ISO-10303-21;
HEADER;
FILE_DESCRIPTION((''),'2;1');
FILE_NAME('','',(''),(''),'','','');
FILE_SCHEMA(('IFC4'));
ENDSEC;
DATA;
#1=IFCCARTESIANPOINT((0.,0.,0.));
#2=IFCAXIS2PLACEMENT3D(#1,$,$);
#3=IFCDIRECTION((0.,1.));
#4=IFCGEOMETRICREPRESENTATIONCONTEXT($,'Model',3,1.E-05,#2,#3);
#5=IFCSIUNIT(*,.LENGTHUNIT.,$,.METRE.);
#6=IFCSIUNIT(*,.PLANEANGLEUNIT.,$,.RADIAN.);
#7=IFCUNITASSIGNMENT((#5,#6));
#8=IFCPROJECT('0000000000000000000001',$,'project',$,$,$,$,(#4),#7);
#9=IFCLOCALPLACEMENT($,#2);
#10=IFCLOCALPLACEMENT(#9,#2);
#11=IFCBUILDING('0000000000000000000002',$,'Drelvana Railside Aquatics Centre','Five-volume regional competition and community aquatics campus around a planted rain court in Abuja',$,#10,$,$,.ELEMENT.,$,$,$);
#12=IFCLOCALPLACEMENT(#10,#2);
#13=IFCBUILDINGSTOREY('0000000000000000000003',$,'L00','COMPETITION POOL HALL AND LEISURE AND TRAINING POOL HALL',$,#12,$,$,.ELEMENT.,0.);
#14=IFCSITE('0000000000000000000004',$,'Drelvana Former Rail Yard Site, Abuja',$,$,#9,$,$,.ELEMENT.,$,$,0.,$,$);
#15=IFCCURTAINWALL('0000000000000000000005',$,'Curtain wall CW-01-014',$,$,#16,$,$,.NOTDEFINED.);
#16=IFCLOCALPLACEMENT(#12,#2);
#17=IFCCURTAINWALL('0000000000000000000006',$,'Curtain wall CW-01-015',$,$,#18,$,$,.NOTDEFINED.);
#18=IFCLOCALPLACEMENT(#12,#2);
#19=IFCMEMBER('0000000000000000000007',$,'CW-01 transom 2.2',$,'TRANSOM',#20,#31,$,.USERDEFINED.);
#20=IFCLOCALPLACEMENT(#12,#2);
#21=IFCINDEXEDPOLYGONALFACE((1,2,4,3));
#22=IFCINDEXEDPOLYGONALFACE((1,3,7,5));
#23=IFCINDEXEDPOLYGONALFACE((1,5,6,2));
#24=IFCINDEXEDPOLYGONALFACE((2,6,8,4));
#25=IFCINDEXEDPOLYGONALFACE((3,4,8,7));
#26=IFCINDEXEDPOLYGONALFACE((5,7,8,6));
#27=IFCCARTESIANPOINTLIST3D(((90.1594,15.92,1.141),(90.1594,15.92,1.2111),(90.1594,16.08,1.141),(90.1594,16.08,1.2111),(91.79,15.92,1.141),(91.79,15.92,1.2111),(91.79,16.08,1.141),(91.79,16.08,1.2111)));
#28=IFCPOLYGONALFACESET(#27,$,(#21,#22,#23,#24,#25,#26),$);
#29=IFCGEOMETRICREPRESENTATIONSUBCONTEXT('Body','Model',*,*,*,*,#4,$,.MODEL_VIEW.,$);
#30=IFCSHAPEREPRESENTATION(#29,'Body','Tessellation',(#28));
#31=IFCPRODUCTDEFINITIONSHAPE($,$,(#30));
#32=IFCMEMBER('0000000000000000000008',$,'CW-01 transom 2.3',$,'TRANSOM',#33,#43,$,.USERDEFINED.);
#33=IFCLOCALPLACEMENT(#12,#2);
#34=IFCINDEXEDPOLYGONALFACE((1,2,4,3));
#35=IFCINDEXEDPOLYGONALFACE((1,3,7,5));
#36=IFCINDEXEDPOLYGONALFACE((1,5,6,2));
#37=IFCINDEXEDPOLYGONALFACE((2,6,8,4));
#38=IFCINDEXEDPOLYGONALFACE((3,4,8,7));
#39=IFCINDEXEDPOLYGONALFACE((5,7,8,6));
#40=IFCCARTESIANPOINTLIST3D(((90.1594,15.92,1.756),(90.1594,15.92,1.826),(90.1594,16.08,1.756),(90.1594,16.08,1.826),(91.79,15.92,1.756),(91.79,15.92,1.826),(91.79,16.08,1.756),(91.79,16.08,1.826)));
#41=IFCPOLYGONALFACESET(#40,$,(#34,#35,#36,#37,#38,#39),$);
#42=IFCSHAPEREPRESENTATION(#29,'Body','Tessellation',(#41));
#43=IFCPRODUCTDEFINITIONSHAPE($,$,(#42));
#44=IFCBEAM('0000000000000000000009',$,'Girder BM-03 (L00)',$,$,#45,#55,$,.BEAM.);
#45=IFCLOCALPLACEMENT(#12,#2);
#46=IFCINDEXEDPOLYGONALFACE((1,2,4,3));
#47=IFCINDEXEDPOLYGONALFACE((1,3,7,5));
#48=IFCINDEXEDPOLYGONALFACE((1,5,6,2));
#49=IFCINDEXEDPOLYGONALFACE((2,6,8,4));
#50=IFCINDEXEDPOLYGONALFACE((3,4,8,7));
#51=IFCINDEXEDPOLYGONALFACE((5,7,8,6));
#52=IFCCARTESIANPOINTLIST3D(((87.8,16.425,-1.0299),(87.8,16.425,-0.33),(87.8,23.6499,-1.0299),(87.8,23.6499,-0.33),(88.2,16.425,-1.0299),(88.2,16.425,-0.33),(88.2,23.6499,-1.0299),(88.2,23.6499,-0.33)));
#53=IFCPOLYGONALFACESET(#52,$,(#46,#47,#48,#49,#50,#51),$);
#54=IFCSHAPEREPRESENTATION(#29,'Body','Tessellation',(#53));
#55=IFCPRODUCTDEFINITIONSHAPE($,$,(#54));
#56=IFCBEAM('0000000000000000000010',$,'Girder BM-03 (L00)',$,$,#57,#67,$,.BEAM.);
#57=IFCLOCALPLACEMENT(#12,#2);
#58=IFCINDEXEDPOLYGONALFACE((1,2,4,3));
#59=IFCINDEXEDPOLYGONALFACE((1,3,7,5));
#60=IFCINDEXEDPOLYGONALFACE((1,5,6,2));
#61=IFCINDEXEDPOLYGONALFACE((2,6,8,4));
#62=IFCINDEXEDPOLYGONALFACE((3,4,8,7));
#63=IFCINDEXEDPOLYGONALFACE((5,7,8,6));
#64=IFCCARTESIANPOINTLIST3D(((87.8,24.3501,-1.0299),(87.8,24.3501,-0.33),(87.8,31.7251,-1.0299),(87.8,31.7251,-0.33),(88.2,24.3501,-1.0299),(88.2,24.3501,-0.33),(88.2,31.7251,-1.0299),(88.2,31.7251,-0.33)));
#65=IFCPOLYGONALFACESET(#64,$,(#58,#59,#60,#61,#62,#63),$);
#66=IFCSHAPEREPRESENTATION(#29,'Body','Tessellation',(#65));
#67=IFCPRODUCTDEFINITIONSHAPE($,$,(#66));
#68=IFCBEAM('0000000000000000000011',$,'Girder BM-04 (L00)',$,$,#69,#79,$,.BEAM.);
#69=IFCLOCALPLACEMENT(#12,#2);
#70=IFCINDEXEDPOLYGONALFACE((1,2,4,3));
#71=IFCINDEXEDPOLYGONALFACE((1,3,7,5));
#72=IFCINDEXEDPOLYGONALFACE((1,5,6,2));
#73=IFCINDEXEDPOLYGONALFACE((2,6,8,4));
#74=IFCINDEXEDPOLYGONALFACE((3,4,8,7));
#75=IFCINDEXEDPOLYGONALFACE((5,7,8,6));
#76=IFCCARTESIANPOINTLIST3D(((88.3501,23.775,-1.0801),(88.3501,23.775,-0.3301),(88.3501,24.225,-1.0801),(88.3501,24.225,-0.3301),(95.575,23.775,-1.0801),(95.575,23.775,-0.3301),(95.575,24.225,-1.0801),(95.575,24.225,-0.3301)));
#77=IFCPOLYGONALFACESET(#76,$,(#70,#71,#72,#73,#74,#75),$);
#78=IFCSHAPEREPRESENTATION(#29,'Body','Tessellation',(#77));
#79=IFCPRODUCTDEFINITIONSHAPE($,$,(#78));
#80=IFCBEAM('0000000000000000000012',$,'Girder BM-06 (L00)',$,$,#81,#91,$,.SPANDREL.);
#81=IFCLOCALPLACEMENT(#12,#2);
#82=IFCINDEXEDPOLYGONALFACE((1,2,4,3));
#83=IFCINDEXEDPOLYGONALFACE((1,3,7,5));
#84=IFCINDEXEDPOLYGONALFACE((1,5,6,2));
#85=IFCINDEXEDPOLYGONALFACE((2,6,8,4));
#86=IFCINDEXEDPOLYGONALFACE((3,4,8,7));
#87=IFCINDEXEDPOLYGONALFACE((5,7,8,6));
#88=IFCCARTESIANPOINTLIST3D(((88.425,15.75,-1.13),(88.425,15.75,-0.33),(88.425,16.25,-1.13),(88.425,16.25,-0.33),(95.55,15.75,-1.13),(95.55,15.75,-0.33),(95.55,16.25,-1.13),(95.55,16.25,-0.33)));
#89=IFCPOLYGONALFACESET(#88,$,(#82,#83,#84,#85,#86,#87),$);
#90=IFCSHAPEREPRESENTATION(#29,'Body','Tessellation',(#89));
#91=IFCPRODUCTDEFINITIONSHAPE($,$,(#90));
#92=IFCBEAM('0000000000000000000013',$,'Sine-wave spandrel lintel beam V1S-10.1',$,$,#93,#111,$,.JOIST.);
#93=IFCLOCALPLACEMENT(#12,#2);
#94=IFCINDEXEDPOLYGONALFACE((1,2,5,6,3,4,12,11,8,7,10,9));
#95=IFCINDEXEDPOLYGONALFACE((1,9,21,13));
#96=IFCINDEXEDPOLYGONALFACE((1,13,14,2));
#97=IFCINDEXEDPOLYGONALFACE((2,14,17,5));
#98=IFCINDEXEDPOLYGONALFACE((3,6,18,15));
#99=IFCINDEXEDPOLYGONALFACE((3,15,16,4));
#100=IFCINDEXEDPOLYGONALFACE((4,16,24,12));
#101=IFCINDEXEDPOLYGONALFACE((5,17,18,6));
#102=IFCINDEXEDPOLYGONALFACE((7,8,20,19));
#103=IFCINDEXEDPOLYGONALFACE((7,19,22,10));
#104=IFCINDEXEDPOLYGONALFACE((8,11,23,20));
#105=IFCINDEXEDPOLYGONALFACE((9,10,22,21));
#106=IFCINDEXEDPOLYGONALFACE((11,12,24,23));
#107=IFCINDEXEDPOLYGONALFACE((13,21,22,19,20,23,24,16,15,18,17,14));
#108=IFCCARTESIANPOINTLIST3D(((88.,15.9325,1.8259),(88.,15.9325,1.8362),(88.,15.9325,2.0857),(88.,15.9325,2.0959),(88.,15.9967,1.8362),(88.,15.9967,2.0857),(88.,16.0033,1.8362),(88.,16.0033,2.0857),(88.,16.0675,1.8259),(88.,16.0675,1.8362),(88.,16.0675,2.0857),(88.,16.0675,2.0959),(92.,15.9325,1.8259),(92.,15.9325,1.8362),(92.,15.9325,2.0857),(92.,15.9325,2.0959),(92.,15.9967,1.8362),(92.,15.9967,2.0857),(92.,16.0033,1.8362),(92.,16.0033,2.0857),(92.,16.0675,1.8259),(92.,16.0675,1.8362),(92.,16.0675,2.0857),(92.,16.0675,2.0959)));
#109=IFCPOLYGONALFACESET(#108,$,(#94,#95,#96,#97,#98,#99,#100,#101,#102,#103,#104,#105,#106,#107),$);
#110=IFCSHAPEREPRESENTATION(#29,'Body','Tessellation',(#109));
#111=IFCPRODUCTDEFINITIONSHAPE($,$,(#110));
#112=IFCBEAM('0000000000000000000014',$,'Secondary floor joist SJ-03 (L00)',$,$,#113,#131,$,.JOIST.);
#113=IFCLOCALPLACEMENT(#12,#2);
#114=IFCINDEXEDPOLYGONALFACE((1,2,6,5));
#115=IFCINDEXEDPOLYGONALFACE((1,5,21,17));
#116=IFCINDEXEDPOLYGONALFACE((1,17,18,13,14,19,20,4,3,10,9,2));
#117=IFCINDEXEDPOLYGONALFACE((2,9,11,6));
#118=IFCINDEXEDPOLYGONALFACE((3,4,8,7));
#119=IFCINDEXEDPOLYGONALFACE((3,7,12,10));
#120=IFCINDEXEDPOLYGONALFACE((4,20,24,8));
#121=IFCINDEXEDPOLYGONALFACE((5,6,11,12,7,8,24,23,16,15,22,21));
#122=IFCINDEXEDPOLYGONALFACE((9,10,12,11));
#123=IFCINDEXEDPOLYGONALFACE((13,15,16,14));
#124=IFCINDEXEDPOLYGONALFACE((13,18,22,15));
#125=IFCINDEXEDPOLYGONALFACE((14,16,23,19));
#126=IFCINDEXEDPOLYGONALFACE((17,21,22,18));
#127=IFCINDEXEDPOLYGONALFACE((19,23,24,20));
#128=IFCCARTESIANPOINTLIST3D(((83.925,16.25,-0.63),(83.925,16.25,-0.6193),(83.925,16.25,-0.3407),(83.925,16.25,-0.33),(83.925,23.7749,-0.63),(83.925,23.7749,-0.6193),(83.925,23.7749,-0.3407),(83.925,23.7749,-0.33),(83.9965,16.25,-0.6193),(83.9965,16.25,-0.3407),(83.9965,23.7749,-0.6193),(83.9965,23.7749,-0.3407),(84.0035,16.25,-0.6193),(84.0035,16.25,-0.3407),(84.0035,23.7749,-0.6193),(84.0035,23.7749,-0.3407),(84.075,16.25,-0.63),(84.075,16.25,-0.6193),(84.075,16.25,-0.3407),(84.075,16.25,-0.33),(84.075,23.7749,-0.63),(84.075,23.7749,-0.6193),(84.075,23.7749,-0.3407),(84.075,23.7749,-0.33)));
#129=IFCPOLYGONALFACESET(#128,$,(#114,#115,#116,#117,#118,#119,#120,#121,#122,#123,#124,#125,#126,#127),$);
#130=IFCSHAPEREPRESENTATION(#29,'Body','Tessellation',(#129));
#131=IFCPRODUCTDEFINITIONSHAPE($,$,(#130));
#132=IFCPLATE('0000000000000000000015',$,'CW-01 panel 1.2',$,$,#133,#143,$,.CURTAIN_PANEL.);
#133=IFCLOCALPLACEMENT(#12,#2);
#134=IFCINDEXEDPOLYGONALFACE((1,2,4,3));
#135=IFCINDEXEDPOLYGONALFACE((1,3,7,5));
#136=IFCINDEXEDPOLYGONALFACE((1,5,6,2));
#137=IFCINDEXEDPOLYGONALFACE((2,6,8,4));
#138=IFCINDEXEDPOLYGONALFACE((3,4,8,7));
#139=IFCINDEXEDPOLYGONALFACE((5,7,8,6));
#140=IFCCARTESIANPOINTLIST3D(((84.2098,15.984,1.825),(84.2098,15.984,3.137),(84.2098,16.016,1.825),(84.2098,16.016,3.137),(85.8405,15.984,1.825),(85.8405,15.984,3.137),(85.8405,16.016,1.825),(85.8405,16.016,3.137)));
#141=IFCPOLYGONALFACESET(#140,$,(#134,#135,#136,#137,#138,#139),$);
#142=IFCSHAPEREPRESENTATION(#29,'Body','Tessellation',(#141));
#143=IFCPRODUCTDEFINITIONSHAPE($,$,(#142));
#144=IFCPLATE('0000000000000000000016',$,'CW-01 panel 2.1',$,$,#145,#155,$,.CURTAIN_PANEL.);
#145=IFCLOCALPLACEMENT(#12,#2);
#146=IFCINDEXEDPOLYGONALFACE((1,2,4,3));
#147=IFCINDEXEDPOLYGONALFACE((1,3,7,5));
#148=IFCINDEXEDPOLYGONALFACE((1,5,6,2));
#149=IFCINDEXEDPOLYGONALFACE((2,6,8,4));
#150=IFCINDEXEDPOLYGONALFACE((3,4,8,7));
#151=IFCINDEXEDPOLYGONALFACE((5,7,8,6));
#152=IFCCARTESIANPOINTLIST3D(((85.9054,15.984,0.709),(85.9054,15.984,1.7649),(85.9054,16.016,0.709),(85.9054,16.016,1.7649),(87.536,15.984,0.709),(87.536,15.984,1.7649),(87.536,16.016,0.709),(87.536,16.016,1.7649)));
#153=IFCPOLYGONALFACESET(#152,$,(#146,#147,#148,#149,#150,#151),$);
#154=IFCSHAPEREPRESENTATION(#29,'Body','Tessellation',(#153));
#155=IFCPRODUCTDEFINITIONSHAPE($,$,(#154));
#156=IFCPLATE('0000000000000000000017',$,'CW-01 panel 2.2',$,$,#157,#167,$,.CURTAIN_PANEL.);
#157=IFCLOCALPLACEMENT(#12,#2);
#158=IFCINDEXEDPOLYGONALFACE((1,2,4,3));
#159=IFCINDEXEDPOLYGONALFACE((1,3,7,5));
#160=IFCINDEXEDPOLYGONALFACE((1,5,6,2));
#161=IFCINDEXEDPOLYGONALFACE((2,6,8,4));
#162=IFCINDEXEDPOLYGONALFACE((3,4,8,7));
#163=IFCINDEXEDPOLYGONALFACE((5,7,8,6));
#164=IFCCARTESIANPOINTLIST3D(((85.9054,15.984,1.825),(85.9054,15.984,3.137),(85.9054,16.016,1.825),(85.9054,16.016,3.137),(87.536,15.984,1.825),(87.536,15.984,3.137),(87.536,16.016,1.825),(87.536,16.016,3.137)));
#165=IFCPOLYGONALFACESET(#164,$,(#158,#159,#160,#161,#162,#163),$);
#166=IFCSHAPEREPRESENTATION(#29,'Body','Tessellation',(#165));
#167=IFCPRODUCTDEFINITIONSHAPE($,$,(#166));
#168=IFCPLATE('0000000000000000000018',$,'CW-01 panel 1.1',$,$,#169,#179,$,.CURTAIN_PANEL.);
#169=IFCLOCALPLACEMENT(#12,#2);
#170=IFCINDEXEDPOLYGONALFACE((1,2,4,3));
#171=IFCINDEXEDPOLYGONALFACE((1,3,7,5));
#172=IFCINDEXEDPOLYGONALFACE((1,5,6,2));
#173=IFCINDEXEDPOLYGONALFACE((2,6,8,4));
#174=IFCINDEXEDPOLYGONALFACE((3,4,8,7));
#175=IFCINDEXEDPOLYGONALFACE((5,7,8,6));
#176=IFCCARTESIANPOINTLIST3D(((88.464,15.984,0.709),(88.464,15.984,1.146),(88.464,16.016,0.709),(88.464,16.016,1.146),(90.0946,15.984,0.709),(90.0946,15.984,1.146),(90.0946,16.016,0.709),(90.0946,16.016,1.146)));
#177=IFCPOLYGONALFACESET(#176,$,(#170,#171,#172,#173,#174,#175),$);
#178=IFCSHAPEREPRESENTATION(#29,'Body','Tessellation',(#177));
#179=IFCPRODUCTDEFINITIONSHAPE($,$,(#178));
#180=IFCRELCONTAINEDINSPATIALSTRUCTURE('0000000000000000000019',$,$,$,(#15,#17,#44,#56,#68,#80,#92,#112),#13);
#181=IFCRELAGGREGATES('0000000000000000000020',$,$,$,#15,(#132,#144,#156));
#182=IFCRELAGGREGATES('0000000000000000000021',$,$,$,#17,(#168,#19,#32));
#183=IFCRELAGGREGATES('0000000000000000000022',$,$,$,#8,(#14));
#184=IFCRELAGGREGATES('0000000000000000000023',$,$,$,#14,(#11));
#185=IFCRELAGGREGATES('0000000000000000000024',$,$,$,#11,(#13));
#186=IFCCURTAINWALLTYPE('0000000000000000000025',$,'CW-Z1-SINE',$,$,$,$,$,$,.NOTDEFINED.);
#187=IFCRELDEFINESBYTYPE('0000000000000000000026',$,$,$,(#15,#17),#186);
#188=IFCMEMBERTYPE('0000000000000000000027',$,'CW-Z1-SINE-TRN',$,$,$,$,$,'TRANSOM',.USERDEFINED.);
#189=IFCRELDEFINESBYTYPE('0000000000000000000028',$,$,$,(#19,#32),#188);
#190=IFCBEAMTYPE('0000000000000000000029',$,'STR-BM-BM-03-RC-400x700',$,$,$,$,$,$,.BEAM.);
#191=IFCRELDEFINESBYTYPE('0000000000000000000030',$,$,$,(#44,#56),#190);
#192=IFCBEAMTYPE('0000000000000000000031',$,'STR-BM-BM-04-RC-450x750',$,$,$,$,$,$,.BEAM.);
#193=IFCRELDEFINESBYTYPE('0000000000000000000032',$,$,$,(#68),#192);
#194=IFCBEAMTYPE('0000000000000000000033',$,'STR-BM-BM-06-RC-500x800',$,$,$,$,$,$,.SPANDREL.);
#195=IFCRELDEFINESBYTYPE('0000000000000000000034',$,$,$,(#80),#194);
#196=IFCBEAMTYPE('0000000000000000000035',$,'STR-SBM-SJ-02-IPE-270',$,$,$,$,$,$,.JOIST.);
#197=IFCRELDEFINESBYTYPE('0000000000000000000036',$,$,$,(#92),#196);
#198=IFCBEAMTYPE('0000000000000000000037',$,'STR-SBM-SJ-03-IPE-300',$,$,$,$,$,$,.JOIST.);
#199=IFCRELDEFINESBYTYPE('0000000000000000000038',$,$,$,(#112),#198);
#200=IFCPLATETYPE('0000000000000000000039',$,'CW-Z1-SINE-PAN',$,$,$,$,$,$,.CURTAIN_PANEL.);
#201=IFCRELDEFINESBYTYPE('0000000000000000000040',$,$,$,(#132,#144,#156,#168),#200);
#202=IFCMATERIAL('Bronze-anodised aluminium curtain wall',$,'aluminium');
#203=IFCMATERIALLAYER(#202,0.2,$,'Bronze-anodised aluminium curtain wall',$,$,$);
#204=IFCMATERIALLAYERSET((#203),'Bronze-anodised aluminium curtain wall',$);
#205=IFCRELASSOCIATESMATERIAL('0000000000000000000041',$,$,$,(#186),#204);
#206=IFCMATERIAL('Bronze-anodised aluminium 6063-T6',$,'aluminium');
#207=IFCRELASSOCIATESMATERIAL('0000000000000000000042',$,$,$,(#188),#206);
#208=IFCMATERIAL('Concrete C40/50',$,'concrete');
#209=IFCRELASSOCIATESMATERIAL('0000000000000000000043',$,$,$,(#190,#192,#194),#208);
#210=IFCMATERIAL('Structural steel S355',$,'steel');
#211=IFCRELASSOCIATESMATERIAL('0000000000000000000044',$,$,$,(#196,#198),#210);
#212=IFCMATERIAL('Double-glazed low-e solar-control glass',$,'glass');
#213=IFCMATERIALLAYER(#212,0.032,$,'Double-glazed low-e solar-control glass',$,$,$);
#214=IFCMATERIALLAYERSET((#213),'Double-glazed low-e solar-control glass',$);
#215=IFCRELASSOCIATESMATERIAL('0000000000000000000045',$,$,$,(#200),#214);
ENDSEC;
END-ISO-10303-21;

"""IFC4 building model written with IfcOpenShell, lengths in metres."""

from ifc_helpers import new_model, si_unit, direction, frame, origin, origin_2d, place, context, subcontext, project, spatial, rectangle, i_section, extrude, material, layer, layer_set, material_profile, profile_set, type_object, element, aggregate, save


model = new_model("IFC4")

# Units and contexts
model_context = context("Model", 3, precision=1e-05, world=origin(), true_north=direction((0.0, 1.0)))
body_context = subcontext(model_context, "Body", "Model", "MODEL_VIEW")
ifc_project = project(units=[si_unit("LENGTHUNIT", "METRE"), si_unit("PLANEANGLEUNIT", "RADIAN")], contexts=[model_context])

# Site, building, storey
site_placement = place(None, origin())
site = spatial("IfcSite", under=ifc_project, at=site_placement, Name="Drelvana Former Rail Yard Site, Abuja", CompositionType="ELEMENT", RefElevation=0.0)
building_placement = place(site_placement, origin())
building = spatial("IfcBuilding", under=site, at=building_placement, Name="Drelvana Railside Aquatics Centre", Description="Five-volume regional competition and community aquatics campus around a planted rain court in Abuja", CompositionType="ELEMENT")
storey_placement = place(building_placement, origin())
storey = spatial("IfcBuildingStorey", under=building, at=storey_placement, Name="L00", Description="COMPETITION POOL HALL AND LEISURE AND TRAINING POOL HALL", CompositionType="ELEMENT", Elevation=0.0)

# Shared definitions
ifc_material_1 = material(Name="Concrete C40/50", Category="concrete")

# Curtain walls
ifc_material_2 = material(Name="Bronze-anodised aluminium curtain wall", Category="aluminium")
ifc_layer_1 = layer(ifc_material_2, 0.2, Name="Bronze-anodised aluminium curtain wall")
ifc_layer_set_1 = layer_set([ifc_layer_1], Name="Bronze-anodised aluminium curtain wall")
curtain_wall_type = type_object("IfcCurtainWallType", Name="CW-Z1-SINE", PredefinedType="NOTDEFINED", material=ifc_layer_set_1)
curtain_wall_1_placement = place(storey_placement, origin())
curtain_wall_1 = element("IfcCurtainWall", 1, at=curtain_wall_1_placement, inside=storey, type_object=curtain_wall_type, Name="Curtain wall CW-01-014", PredefinedType="NOTDEFINED")
ifc_material_3 = material(Name="Bronze-anodised aluminium 6063-T6", Category="aluminium")
curtain_wall_2_placement = place(storey_placement, origin())
curtain_wall_2 = element("IfcCurtainWall", 2, at=curtain_wall_2_placement, inside=storey, type_object=curtain_wall_type, Name="Curtain wall CW-01-015", PredefinedType="NOTDEFINED")

# Members
ifc_material_profile_1 = material_profile(ifc_material_3, rectangle(XDim=0.1599, YDim=0.0701, at=origin_2d()), Name="ALU-T 70x160")
ifc_profile_set_1 = profile_set([ifc_material_profile_1], Name="Bronze-anodised aluminium 6063-T6")
member_type_1 = type_object("IfcMemberType", Name="CW-Z1-SINE-TRN", ElementType="TRANSOM", PredefinedType="USERDEFINED", material=ifc_profile_set_1)
member_1_placement = place(storey_placement, frame((90.1594, 16.0, 1.176), z_axis=(1.0, 0.0, 0.0), x_axis=(0.0, 1.0, 0.0)))
member_1 = element("IfcMember", 3, at=member_1_placement, type_object=member_type_1, Name="CW-01 transom 2.2", ObjectType="TRANSOM", PredefinedType="USERDEFINED", context=body_context, shape_type="SweptSolid", body=[
    extrude(rectangle(XDim=0.1599, YDim=0.0701, at=origin_2d()), origin(), (0.0, 0.0, 1.0), 1.6306),
])
member_2_placement = place(storey_placement, frame((90.1594, 16.0, 1.791), z_axis=(1.0, 0.0, 0.0), x_axis=(0.0, 1.0, 0.0)))
member_2 = element("IfcMember", 4, at=member_2_placement, type_object=member_type_1, Name="CW-01 transom 2.3", ObjectType="TRANSOM", PredefinedType="USERDEFINED", context=body_context, shape_type="SweptSolid", body=[
    extrude(rectangle(XDim=0.1599, YDim=0.0701, at=origin_2d()), origin(), (0.0, 0.0, 1.0), 1.6306),
])

# Beams
ifc_material_profile_2 = material_profile(ifc_material_1, rectangle(XDim=0.3999, YDim=0.7, at=origin_2d()), Name="RC 400x700")
ifc_profile_set_2 = profile_set([ifc_material_profile_2], Name="Concrete C40/50")
beam_type_1 = type_object("IfcBeamType", Name="STR-BM-BM-03-RC-400x700", PredefinedType="BEAM", material=ifc_profile_set_2)
beam_1_placement = place(storey_placement, frame((88.0, 16.425, -0.6799), z_axis=(0.0, 1.0, 0.0), x_axis=(-1.0, 0.0, 0.0)))
element("IfcBeam", 5, at=beam_1_placement, inside=storey, type_object=beam_type_1, Name="Girder BM-03 (L00)", PredefinedType="BEAM", context=body_context, shape_type="SweptSolid", body=[
    extrude(rectangle(XDim=0.3999, YDim=0.7, at=origin_2d()), origin(), (0.0, 0.0, 1.0), 7.2249),
])
beam_2_placement = place(storey_placement, frame((88.0, 24.3501, -0.6799), z_axis=(0.0, 1.0, 0.0), x_axis=(-1.0, 0.0, 0.0)))
element("IfcBeam", 6, at=beam_2_placement, inside=storey, type_object=beam_type_1, Name="Girder BM-03 (L00)", PredefinedType="BEAM", context=body_context, shape_type="SweptSolid", body=[
    extrude(rectangle(XDim=0.3999, YDim=0.7, at=origin_2d()), origin(), (0.0, 0.0, 1.0), 7.375),
])
ifc_material_profile_3 = material_profile(ifc_material_1, rectangle(XDim=0.45, YDim=0.75, at=origin_2d()), Name="RC 450x750")
ifc_profile_set_3 = profile_set([ifc_material_profile_3], Name="Concrete C40/50")
beam_type_2 = type_object("IfcBeamType", Name="STR-BM-BM-04-RC-450x750", PredefinedType="BEAM", material=ifc_profile_set_3)
beam_3_placement = place(storey_placement, frame((88.3501, 24.0, -0.7051), z_axis=(1.0, 0.0, 0.0), x_axis=(0.0, 1.0, 0.0)))
element("IfcBeam", 7, at=beam_3_placement, inside=storey, type_object=beam_type_2, Name="Girder BM-04 (L00)", PredefinedType="BEAM", context=body_context, shape_type="SweptSolid", body=[
    extrude(rectangle(XDim=0.45, YDim=0.75, at=origin_2d()), origin(), (0.0, 0.0, 1.0), 7.2249),
])
ifc_material_profile_4 = material_profile(ifc_material_1, rectangle(XDim=0.5, YDim=0.8, at=origin_2d()), Name="RC 500x800")
ifc_profile_set_4 = profile_set([ifc_material_profile_4], Name="Concrete C40/50")
beam_type_3 = type_object("IfcBeamType", Name="STR-BM-BM-06-RC-500x800", PredefinedType="SPANDREL", material=ifc_profile_set_4)
beam_4_placement = place(storey_placement, frame((88.425, 16.0, -0.73), z_axis=(1.0, 0.0, 0.0), x_axis=(0.0, 1.0, 0.0)))
element("IfcBeam", 8, at=beam_4_placement, inside=storey, type_object=beam_type_3, Name="Girder BM-06 (L00)", PredefinedType="SPANDREL", context=body_context, shape_type="SweptSolid", body=[
    extrude(rectangle(XDim=0.5, YDim=0.8, at=origin_2d()), origin(), (0.0, 0.0, 1.0), 7.125),
])
ifc_material_4 = material(Name="Structural steel S355", Category="steel")
ifc_material_profile_5 = material_profile(ifc_material_4, i_section(OverallWidth=0.135, OverallDepth=0.27, WebThickness=0.0066, FlangeThickness=0.0103, at=origin_2d()), Name="IPE 270")
ifc_profile_set_5 = profile_set([ifc_material_profile_5], Name="Structural steel S355")
beam_type_4 = type_object("IfcBeamType", Name="STR-SBM-SJ-02-IPE-270", PredefinedType="JOIST", material=ifc_profile_set_5)
beam_5_placement = place(storey_placement, frame((88.0, 16.0, 1.9609), z_axis=(1.0, 0.0, 0.0), x_axis=(0.0, 1.0, 0.0)))
element("IfcBeam", 9, at=beam_5_placement, inside=storey, type_object=beam_type_4, Name="Sine-wave spandrel lintel beam V1S-10.1", PredefinedType="JOIST", context=body_context, shape_type="SweptSolid", body=[
    extrude(i_section(OverallWidth=0.135, OverallDepth=0.27, WebThickness=0.0066, FlangeThickness=0.0103, at=origin_2d()), origin(), (0.0, 0.0, 1.0), 4.0),
])
ifc_material_profile_6 = material_profile(ifc_material_4, i_section(OverallWidth=0.1499, OverallDepth=0.3, WebThickness=0.0071, FlangeThickness=0.0107, at=origin_2d()), Name="IPE 300")
ifc_profile_set_6 = profile_set([ifc_material_profile_6], Name="Structural steel S355")
beam_type_5 = type_object("IfcBeamType", Name="STR-SBM-SJ-03-IPE-300", PredefinedType="JOIST", material=ifc_profile_set_6)
beam_6_placement = place(storey_placement, frame((84.0, 16.25, -0.48), z_axis=(0.0, 1.0, 0.0), x_axis=(-1.0, 0.0, 0.0)))
element("IfcBeam", 10, at=beam_6_placement, inside=storey, type_object=beam_type_5, Name="Secondary floor joist SJ-03 (L00)", PredefinedType="JOIST", context=body_context, shape_type="SweptSolid", body=[
    extrude(i_section(OverallWidth=0.1499, OverallDepth=0.3, WebThickness=0.0071, FlangeThickness=0.0107, at=origin_2d()), origin(), (0.0, 0.0, 1.0), 7.5249),
])

# Plates
ifc_material_5 = material(Name="Double-glazed low-e solar-control glass", Category="glass")
ifc_layer_2 = layer(ifc_material_5, 0.032, Name="Double-glazed low-e solar-control glass")
ifc_layer_set_2 = layer_set([ifc_layer_2], Name="Double-glazed low-e solar-control glass")
plate_type = type_object("IfcPlateType", Name="CW-Z1-SINE-PAN", PredefinedType="CURTAIN_PANEL", material=ifc_layer_set_2)
plate_1_placement = place(storey_placement, frame((85.0251, 16.0, 1.825), z_axis=(0.0, 0.0, 1.0), x_axis=(1.0, 0.0, 0.0)))
plate_1 = element("IfcPlate", 11, at=plate_1_placement, type_object=plate_type, Name="CW-01 panel 1.2", PredefinedType="CURTAIN_PANEL", context=body_context, shape_type="SweptSolid", body=[
    extrude(rectangle(XDim=1.6306, YDim=0.032, at=origin_2d()), origin(), (0.0, 0.0, 1.0), 1.312),
])
plate_2_placement = place(storey_placement, frame((86.7207, 16.0, 0.709), z_axis=(0.0, 0.0, 1.0), x_axis=(1.0, 0.0, 0.0)))
plate_2 = element("IfcPlate", 12, at=plate_2_placement, type_object=plate_type, Name="CW-01 panel 2.1", PredefinedType="CURTAIN_PANEL", context=body_context, shape_type="SweptSolid", body=[
    extrude(rectangle(XDim=1.6306, YDim=0.032, at=origin_2d()), origin(), (0.0, 0.0, 1.0), 1.0559),
])
plate_3_placement = place(storey_placement, frame((86.7207, 16.0, 1.825), z_axis=(0.0, 0.0, 1.0), x_axis=(1.0, 0.0, 0.0)))
plate_3 = element("IfcPlate", 13, at=plate_3_placement, type_object=plate_type, Name="CW-01 panel 2.2", PredefinedType="CURTAIN_PANEL", context=body_context, shape_type="SweptSolid", body=[
    extrude(rectangle(XDim=1.6306, YDim=0.032, at=origin_2d()), origin(), (0.0, 0.0, 1.0), 1.312),
])
aggregate(curtain_wall_1, [plate_1, plate_2, plate_3])
plate_4_placement = place(storey_placement, frame((89.2793, 16.0, 0.709), z_axis=(0.0, 0.0, 1.0), x_axis=(1.0, 0.0, 0.0)))
plate_4 = element("IfcPlate", 14, at=plate_4_placement, type_object=plate_type, Name="CW-01 panel 1.1", PredefinedType="CURTAIN_PANEL", context=body_context, shape_type="SweptSolid", body=[
    extrude(rectangle(XDim=1.6306, YDim=0.032, at=origin_2d()), origin(), (0.0, 0.0, 1.0), 0.437),
])
aggregate(curtain_wall_2, [plate_4, member_1, member_2])

save(model, "model.ifc")
